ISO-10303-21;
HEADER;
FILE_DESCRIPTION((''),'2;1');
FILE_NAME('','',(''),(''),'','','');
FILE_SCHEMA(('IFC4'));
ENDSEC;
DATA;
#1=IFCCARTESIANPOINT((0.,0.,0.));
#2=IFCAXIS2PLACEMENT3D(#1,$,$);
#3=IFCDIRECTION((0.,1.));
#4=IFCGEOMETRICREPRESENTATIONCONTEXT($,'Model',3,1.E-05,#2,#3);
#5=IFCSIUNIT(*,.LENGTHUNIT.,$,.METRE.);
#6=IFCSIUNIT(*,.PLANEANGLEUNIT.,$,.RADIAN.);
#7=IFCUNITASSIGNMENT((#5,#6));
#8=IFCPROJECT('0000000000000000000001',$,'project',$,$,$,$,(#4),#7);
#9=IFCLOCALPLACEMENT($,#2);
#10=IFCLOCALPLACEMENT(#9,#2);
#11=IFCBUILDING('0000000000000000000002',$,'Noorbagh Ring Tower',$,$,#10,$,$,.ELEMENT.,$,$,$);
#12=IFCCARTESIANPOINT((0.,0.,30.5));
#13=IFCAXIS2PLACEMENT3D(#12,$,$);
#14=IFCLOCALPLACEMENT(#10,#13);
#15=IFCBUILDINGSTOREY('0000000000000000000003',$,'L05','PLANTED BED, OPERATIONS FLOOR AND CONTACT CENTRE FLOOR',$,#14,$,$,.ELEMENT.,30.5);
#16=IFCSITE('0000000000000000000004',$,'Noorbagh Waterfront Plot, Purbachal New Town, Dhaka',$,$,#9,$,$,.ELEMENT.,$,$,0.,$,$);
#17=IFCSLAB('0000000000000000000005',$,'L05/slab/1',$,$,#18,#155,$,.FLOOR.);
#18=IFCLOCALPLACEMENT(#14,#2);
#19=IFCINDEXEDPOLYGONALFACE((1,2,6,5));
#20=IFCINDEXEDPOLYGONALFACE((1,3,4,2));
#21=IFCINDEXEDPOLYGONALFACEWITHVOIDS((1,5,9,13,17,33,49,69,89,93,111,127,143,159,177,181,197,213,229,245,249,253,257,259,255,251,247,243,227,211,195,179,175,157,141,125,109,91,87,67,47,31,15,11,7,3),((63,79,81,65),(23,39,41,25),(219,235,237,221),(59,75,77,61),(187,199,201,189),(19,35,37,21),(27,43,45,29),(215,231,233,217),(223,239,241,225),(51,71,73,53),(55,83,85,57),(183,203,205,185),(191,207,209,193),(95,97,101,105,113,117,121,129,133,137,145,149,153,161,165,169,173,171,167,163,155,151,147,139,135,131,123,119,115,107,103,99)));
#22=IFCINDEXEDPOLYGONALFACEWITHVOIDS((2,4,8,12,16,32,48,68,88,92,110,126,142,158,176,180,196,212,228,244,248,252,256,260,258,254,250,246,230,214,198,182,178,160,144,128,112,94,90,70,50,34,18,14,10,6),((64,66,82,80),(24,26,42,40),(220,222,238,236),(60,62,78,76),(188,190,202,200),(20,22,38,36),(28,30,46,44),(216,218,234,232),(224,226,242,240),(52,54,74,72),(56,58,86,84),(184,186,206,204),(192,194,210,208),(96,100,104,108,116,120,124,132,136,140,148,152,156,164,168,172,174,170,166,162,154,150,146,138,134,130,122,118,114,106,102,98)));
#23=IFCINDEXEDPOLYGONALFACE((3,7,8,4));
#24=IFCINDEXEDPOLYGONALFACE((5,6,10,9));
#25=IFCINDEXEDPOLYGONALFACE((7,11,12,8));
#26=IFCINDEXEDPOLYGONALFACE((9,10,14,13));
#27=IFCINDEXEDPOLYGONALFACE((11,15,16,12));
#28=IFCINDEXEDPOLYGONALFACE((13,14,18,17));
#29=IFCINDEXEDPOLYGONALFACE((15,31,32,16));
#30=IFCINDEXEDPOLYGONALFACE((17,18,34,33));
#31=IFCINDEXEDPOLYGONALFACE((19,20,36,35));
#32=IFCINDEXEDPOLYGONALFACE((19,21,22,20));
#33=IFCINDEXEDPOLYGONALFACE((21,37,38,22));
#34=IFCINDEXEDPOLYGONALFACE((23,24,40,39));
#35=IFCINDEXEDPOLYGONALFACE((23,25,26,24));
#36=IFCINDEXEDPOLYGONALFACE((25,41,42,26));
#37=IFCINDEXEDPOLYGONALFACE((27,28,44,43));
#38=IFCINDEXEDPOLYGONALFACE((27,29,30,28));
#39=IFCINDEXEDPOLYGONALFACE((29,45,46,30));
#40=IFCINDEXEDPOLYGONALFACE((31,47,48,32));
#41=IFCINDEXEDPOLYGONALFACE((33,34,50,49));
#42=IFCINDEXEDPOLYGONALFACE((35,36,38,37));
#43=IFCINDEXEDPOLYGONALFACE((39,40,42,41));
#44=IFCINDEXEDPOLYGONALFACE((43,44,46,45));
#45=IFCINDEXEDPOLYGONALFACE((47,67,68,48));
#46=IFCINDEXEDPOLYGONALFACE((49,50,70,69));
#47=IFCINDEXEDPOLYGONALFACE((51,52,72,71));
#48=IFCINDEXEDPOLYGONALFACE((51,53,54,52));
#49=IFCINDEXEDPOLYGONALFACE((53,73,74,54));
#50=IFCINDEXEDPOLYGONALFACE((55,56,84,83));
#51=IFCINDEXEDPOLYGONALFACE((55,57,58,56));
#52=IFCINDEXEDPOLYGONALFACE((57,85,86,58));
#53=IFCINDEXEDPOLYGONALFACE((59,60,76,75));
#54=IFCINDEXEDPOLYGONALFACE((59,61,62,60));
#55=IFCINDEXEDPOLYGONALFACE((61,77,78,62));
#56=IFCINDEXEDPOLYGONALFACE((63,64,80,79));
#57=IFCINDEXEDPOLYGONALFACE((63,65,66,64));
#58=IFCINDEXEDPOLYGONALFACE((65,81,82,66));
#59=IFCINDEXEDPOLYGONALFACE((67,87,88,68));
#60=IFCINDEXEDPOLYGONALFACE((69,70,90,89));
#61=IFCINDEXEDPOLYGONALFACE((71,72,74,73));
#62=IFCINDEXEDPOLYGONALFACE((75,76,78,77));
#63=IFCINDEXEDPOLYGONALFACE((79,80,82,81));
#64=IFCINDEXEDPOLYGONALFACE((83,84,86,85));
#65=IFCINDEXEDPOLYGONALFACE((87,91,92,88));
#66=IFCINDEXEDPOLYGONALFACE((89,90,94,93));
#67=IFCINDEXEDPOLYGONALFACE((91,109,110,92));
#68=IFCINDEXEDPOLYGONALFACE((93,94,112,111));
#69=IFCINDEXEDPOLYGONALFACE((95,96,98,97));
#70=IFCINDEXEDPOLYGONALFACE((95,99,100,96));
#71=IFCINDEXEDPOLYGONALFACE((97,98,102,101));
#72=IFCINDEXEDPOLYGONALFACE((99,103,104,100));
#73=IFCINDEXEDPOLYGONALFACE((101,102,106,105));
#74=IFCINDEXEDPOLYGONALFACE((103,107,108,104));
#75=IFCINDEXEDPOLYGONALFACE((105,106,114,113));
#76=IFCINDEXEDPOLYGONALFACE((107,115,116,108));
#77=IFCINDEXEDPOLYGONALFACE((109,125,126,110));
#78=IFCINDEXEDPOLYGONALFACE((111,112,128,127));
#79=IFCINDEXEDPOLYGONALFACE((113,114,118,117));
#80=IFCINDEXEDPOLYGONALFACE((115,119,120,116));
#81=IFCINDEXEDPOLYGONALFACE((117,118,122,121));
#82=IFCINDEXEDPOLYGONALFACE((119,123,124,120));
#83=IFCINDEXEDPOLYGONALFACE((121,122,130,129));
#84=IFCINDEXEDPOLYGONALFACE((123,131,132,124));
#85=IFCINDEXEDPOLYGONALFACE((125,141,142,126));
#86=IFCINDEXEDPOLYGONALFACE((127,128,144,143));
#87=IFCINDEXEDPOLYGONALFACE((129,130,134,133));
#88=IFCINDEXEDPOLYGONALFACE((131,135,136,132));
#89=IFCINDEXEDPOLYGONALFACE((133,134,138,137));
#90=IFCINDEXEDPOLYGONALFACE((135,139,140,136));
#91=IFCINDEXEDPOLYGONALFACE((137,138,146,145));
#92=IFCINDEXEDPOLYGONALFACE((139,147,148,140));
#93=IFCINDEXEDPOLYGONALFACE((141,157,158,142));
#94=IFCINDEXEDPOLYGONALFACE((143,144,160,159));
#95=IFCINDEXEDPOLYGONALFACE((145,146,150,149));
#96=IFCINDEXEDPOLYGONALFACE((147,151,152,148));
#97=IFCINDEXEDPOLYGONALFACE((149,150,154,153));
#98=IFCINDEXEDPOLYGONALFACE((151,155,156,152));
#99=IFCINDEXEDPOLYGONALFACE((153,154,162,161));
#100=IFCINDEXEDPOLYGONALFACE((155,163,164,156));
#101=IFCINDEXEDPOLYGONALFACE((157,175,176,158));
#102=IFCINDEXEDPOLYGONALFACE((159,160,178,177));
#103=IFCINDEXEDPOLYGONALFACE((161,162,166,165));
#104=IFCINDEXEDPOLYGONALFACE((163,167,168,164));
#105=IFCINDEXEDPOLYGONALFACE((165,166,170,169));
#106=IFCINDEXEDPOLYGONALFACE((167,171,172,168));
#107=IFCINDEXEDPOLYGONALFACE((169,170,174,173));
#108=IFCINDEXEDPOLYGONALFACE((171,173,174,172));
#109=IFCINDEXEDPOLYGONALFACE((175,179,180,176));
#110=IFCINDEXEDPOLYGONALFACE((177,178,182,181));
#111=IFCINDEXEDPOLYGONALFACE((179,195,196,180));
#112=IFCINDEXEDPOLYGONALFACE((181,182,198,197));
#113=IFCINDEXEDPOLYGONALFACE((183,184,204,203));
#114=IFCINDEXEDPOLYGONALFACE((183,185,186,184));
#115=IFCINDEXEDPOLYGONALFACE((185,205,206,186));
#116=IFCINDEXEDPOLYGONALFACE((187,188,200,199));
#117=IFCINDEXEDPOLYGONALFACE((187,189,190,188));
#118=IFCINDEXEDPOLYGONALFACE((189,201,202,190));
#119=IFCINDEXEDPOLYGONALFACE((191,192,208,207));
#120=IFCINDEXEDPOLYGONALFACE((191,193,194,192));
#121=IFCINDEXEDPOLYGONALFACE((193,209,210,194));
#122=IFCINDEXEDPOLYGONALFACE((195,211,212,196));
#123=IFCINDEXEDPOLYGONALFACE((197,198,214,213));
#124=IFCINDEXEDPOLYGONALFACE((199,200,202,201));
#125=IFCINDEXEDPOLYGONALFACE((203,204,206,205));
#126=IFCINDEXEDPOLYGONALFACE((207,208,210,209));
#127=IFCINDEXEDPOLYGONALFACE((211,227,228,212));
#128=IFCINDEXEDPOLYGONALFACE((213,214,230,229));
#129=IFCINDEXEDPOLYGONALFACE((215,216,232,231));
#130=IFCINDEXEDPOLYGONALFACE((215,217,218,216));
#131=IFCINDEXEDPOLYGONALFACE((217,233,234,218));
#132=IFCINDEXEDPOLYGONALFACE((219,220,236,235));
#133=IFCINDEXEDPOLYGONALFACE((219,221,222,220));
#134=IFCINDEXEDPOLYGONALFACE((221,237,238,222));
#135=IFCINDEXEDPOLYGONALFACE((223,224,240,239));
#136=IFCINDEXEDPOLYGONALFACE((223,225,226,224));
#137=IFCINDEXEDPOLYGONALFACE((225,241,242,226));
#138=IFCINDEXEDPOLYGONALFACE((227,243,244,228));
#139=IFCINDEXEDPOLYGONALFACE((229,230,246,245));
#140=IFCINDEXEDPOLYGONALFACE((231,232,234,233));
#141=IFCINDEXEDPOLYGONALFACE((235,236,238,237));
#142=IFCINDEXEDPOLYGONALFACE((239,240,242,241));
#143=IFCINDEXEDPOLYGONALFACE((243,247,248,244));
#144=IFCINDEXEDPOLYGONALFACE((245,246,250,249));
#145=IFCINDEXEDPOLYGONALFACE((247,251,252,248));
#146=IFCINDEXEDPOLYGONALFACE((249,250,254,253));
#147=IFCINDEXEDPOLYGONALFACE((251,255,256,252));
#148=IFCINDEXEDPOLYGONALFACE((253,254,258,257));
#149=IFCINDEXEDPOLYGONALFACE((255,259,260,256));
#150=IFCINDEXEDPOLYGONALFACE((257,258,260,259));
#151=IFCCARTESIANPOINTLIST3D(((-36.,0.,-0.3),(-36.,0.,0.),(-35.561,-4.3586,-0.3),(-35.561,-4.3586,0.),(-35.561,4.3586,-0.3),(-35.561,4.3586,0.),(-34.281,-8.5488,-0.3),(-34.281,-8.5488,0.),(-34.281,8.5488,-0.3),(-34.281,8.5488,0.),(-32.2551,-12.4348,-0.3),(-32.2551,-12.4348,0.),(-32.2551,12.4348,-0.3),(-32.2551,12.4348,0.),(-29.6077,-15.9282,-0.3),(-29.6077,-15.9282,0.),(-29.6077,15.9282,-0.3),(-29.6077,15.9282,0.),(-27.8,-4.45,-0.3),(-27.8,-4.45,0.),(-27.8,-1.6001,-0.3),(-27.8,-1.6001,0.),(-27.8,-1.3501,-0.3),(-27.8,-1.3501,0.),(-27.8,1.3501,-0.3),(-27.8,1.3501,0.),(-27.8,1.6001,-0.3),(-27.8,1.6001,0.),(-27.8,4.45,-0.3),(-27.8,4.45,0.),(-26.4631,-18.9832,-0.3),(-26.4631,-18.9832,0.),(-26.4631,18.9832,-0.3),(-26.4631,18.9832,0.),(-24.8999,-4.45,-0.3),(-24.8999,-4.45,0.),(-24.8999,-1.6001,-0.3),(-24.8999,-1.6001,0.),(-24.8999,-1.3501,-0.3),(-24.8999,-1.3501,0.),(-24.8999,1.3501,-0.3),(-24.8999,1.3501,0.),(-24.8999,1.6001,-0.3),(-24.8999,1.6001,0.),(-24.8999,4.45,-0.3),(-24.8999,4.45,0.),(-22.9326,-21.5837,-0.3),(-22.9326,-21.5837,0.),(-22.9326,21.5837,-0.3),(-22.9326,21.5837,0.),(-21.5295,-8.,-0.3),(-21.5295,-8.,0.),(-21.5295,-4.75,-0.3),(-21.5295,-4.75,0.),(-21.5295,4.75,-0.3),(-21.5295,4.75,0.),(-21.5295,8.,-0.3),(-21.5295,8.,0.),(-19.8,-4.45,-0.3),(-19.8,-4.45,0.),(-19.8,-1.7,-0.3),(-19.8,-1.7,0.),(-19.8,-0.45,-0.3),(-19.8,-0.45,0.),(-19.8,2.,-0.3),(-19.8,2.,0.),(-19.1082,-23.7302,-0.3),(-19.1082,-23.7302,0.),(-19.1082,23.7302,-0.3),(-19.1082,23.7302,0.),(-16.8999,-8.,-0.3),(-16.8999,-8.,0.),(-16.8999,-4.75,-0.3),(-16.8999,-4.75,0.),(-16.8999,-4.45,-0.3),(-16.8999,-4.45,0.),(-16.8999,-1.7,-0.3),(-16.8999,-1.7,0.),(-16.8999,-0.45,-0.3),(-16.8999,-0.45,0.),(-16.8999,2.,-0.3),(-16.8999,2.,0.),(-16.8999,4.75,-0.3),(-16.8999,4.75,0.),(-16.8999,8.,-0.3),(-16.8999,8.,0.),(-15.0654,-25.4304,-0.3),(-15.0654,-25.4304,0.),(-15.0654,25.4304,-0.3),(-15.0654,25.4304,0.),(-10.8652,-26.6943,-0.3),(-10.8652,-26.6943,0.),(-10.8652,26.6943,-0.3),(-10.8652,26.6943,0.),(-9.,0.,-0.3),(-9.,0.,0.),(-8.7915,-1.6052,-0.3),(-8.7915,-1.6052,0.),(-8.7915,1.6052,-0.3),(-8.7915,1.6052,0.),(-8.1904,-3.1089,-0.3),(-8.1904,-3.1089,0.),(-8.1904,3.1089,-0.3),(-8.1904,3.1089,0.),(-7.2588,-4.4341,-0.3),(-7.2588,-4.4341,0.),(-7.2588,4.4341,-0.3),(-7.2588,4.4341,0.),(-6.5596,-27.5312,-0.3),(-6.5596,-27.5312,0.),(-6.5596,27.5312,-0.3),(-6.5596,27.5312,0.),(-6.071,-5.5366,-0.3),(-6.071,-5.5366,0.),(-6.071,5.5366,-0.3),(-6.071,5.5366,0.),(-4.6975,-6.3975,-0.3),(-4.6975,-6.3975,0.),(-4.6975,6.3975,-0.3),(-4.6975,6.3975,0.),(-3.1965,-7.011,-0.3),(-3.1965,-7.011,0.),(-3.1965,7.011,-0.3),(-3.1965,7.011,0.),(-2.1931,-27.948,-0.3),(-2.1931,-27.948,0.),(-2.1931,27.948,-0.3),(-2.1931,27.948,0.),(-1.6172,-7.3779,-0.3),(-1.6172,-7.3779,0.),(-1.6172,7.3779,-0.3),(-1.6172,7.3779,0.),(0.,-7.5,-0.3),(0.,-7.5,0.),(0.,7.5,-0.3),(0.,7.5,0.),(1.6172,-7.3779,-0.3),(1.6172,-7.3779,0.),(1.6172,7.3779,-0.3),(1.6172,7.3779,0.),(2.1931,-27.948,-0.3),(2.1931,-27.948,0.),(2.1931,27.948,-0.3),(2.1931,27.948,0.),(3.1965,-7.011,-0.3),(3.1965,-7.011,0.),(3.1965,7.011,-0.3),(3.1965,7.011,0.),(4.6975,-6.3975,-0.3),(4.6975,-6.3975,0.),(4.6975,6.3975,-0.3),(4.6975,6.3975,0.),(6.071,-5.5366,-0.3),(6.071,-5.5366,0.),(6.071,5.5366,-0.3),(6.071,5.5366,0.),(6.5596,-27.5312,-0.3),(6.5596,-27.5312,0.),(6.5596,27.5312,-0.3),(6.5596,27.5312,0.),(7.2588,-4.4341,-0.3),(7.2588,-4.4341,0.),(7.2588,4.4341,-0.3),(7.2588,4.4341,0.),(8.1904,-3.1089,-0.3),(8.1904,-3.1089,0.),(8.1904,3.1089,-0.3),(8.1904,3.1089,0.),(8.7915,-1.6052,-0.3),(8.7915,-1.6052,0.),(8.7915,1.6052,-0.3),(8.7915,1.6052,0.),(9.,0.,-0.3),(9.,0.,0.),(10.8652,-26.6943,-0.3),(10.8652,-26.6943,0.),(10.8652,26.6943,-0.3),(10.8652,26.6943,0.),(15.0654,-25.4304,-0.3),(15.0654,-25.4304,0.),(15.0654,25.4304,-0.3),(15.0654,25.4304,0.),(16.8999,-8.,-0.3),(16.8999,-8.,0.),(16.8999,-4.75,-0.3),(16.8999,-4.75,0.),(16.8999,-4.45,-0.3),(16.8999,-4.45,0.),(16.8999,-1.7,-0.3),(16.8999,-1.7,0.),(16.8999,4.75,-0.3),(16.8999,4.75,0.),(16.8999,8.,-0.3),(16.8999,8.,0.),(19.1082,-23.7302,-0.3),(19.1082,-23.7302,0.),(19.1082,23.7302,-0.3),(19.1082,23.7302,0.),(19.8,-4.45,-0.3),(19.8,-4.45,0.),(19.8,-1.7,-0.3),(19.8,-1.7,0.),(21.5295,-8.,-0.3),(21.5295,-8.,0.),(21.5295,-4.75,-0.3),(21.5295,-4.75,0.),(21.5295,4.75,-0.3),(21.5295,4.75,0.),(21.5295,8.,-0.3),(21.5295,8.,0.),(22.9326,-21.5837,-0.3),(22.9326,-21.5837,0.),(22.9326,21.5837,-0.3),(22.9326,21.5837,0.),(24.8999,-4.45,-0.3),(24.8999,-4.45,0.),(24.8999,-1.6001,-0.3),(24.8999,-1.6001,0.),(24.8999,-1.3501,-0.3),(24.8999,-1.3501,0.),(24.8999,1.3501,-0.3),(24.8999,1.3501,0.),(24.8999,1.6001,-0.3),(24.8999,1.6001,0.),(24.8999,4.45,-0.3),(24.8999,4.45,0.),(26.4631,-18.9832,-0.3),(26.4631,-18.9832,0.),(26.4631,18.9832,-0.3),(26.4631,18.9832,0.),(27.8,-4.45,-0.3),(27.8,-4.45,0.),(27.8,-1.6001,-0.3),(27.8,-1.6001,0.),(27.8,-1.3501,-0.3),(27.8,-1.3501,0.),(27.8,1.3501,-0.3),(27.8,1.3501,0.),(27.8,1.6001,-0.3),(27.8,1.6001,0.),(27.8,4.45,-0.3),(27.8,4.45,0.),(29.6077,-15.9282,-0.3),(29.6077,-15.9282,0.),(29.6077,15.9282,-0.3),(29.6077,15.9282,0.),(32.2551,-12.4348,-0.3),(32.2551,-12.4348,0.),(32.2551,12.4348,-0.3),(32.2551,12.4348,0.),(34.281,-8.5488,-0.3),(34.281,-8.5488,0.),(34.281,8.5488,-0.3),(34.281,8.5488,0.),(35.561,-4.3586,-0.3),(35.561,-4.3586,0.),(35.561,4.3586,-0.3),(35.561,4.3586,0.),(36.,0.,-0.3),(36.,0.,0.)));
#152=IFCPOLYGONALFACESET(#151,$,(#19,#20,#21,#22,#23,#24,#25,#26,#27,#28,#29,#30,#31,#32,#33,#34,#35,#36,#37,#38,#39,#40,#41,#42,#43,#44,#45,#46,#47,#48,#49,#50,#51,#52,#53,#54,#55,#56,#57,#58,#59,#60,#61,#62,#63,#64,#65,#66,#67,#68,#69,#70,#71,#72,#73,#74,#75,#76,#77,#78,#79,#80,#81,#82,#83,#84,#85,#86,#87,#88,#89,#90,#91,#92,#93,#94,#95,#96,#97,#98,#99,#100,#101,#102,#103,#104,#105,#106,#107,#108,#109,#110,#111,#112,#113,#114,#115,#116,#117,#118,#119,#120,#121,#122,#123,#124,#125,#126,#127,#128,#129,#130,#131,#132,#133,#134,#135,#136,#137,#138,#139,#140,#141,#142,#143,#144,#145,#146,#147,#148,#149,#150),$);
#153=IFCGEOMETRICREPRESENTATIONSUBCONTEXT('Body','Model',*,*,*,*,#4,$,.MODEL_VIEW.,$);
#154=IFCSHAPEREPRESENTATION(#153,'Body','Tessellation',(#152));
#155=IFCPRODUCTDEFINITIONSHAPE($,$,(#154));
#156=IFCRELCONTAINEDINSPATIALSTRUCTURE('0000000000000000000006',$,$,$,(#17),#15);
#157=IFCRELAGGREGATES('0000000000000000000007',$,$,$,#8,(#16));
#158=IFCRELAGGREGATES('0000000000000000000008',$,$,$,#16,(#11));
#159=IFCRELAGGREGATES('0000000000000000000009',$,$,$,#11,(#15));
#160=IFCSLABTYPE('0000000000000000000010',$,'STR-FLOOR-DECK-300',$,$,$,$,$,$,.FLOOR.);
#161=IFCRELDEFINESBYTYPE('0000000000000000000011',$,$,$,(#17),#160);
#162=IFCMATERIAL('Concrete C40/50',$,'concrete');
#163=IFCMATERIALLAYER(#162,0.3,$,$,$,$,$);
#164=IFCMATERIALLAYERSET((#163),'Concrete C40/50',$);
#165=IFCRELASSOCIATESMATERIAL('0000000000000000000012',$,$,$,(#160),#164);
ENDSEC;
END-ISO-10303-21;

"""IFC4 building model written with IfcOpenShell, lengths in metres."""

from ifc_helpers import new_model, si_unit, direction, frame, origin, place, context, subcontext, project, spatial, polyline, outline, extrude, material, layer, layer_set, type_object, element, save


model = new_model("IFC4")

# Units and contexts
model_context = context("Model", 3, precision=1e-05, world=origin(), true_north=direction((0.0, 1.0)))
body_context = subcontext(model_context, "Body", "Model", "MODEL_VIEW")
ifc_project = project(units=[si_unit("LENGTHUNIT", "METRE"), si_unit("PLANEANGLEUNIT", "RADIAN")], contexts=[model_context])

# Site, building, storey
site_placement = place(None, origin())
site = spatial("IfcSite", under=ifc_project, at=site_placement, Name="Noorbagh Waterfront Plot, Purbachal New Town, Dhaka", CompositionType="ELEMENT", RefElevation=0.0)
building_placement = place(site_placement, origin())
building = spatial("IfcBuilding", under=site, at=building_placement, Name="Noorbagh Ring Tower", CompositionType="ELEMENT")
storey_placement = place(building_placement, frame((0.0, 0.0, 30.5)))
storey = spatial("IfcBuildingStorey", under=building, at=storey_placement, Name="L05", Description="PLANTED BED, OPERATIONS FLOOR AND CONTACT CENTRE FLOOR", CompositionType="ELEMENT", Elevation=30.5)

# Slab
ifc_material_1 = material(Name="Concrete C40/50", Category="concrete")
ifc_layer_1 = layer(ifc_material_1, 0.3)
ifc_layer_set_1 = layer_set([ifc_layer_1], Name="Concrete C40/50")
slab_type_1 = type_object("IfcSlabType", Name="STR-FLOOR-DECK-300", PredefinedType="FLOOR", material=ifc_layer_set_1)
slab_1_placement = place(storey_placement, frame((0.0, 0.0, -0.3)))
element("IfcSlab", 1, at=slab_1_placement, inside=storey, type_object=slab_type_1, Name="L05/slab/1", PredefinedType="FLOOR", context=body_context, shape_type="SweptSolid", body=[
    extrude(outline(polyline([(36.0, 0.0), (35.561, 4.3586), (34.281, 8.5488), (32.2551, 12.4348), (29.6077, 15.9282), (26.4631, 18.9832), (22.9326, 21.5837), (19.1082, 23.7302), (15.0654, 25.4304), (10.8652, 26.6943), (6.5596, 27.5312), (2.1931, 27.948), (-2.1931, 27.948), (-6.5596, 27.5312), (-10.8652, 26.6943), (-15.0654, 25.4304), (-19.1082, 23.7302), (-22.9326, 21.5837), (-26.4631, 18.9832), (-29.6077, 15.9282), (-32.2551, 12.4348), (-34.281, 8.5488), (-35.561, 4.3586), (-36.0, 0.0), (-35.561, -4.3586), (-34.281, -8.5488), (-32.2551, -12.4348), (-29.6077, -15.9282), (-26.4631, -18.9832), (-22.9326, -21.5837), (-19.1082, -23.7302), (-15.0654, -25.4304), (-10.8652, -26.6943), (-6.5596, -27.5312), (-2.1931, -27.948), (2.1931, -27.948), (6.5596, -27.5312), (10.8652, -26.6943), (15.0654, -25.4304), (19.1082, -23.7302), (22.9326, -21.5837), (26.4631, -18.9832), (29.6077, -15.9282), (32.2551, -12.4348), (34.281, -8.5488), (35.561, -4.3586), (36.0, 0.0)]), holes=[polyline([(24.8999, -1.6001), (27.8, -1.6001), (27.8, -4.45), (24.8999, -4.45), (24.8999, -1.6001)]), polyline([(24.8999, 1.3501), (27.8, 1.3501), (27.8, -1.3501), (24.8999, -1.3501), (24.8999, 1.3501)]), polyline([(24.8999, 4.45), (27.8, 4.45), (27.8, 1.6001), (24.8999, 1.6001), (24.8999, 4.45)]), polyline([(21.5295, -4.75), (21.5295, -8.0), (16.8999, -8.0), (16.8999, -4.75), (21.5295, -4.75)]), polyline([(21.5295, 4.75), (16.8999, 4.75), (16.8999, 8.0), (21.5295, 8.0), (21.5295, 4.75)]), polyline([(16.8999, -1.7), (19.8, -1.7), (19.8, -4.45), (16.8999, -4.45), (16.8999, -1.7)]), polyline([(4.6975, -6.3975), (3.1965, -7.011), (1.6172, -7.3779), (0.0, -7.5), (-1.6172, -7.3779), (-3.1965, -7.011), (-4.6975, -6.3975), (-6.071, -5.5366), (-7.2588, -4.4341), (-8.1904, -3.1089), (-8.7915, -1.6052), (-9.0, 0.0), (-8.7915, 1.6052), (-8.1904, 3.1089), (-7.2588, 4.4341), (-6.071, 5.5366), (-4.6975, 6.3975), (-3.1965, 7.011), (-1.6172, 7.3779), (0.0, 7.5), (1.6172, 7.3779), (3.1965, 7.011), (4.6975, 6.3975), (6.071, 5.5366), (7.2588, 4.4341), (8.1904, 3.1089), (8.7915, 1.6052), (9.0, 0.0), (8.7915, -1.6052), (8.1904, -3.1089), (7.2588, -4.4341), (6.071, -5.5366), (4.6975, -6.3975)]), polyline([(-21.5295, -8.0), (-21.5295, -4.75), (-16.8999, -4.75), (-16.8999, -8.0), (-21.5295, -8.0)]), polyline([(-21.5295, 8.0), (-16.8999, 8.0), (-16.8999, 4.75), (-21.5295, 4.75), (-21.5295, 8.0)]), polyline([(-16.8999, -4.45), (-19.8, -4.45), (-19.8, -1.7), (-16.8999, -1.7), (-16.8999, -4.45)]), polyline([(-16.8999, -0.45), (-19.8, -0.45), (-19.8, 2.0), (-16.8999, 2.0), (-16.8999, -0.45)]), polyline([(-24.8999, -4.45), (-27.8, -4.45), (-27.8, -1.6001), (-24.8999, -1.6001), (-24.8999, -4.45)]), polyline([(-24.8999, -1.3501), (-27.8, -1.3501), (-27.8, 1.3501), (-24.8999, 1.3501), (-24.8999, -1.3501)]), polyline([(-24.8999, 1.6001), (-27.8, 1.6001), (-27.8, 4.45), (-24.8999, 4.45), (-24.8999, 1.6001)])]), origin(), (0.0, 0.0, 1.0), 0.3),
])

save(model, "model.ifc")
